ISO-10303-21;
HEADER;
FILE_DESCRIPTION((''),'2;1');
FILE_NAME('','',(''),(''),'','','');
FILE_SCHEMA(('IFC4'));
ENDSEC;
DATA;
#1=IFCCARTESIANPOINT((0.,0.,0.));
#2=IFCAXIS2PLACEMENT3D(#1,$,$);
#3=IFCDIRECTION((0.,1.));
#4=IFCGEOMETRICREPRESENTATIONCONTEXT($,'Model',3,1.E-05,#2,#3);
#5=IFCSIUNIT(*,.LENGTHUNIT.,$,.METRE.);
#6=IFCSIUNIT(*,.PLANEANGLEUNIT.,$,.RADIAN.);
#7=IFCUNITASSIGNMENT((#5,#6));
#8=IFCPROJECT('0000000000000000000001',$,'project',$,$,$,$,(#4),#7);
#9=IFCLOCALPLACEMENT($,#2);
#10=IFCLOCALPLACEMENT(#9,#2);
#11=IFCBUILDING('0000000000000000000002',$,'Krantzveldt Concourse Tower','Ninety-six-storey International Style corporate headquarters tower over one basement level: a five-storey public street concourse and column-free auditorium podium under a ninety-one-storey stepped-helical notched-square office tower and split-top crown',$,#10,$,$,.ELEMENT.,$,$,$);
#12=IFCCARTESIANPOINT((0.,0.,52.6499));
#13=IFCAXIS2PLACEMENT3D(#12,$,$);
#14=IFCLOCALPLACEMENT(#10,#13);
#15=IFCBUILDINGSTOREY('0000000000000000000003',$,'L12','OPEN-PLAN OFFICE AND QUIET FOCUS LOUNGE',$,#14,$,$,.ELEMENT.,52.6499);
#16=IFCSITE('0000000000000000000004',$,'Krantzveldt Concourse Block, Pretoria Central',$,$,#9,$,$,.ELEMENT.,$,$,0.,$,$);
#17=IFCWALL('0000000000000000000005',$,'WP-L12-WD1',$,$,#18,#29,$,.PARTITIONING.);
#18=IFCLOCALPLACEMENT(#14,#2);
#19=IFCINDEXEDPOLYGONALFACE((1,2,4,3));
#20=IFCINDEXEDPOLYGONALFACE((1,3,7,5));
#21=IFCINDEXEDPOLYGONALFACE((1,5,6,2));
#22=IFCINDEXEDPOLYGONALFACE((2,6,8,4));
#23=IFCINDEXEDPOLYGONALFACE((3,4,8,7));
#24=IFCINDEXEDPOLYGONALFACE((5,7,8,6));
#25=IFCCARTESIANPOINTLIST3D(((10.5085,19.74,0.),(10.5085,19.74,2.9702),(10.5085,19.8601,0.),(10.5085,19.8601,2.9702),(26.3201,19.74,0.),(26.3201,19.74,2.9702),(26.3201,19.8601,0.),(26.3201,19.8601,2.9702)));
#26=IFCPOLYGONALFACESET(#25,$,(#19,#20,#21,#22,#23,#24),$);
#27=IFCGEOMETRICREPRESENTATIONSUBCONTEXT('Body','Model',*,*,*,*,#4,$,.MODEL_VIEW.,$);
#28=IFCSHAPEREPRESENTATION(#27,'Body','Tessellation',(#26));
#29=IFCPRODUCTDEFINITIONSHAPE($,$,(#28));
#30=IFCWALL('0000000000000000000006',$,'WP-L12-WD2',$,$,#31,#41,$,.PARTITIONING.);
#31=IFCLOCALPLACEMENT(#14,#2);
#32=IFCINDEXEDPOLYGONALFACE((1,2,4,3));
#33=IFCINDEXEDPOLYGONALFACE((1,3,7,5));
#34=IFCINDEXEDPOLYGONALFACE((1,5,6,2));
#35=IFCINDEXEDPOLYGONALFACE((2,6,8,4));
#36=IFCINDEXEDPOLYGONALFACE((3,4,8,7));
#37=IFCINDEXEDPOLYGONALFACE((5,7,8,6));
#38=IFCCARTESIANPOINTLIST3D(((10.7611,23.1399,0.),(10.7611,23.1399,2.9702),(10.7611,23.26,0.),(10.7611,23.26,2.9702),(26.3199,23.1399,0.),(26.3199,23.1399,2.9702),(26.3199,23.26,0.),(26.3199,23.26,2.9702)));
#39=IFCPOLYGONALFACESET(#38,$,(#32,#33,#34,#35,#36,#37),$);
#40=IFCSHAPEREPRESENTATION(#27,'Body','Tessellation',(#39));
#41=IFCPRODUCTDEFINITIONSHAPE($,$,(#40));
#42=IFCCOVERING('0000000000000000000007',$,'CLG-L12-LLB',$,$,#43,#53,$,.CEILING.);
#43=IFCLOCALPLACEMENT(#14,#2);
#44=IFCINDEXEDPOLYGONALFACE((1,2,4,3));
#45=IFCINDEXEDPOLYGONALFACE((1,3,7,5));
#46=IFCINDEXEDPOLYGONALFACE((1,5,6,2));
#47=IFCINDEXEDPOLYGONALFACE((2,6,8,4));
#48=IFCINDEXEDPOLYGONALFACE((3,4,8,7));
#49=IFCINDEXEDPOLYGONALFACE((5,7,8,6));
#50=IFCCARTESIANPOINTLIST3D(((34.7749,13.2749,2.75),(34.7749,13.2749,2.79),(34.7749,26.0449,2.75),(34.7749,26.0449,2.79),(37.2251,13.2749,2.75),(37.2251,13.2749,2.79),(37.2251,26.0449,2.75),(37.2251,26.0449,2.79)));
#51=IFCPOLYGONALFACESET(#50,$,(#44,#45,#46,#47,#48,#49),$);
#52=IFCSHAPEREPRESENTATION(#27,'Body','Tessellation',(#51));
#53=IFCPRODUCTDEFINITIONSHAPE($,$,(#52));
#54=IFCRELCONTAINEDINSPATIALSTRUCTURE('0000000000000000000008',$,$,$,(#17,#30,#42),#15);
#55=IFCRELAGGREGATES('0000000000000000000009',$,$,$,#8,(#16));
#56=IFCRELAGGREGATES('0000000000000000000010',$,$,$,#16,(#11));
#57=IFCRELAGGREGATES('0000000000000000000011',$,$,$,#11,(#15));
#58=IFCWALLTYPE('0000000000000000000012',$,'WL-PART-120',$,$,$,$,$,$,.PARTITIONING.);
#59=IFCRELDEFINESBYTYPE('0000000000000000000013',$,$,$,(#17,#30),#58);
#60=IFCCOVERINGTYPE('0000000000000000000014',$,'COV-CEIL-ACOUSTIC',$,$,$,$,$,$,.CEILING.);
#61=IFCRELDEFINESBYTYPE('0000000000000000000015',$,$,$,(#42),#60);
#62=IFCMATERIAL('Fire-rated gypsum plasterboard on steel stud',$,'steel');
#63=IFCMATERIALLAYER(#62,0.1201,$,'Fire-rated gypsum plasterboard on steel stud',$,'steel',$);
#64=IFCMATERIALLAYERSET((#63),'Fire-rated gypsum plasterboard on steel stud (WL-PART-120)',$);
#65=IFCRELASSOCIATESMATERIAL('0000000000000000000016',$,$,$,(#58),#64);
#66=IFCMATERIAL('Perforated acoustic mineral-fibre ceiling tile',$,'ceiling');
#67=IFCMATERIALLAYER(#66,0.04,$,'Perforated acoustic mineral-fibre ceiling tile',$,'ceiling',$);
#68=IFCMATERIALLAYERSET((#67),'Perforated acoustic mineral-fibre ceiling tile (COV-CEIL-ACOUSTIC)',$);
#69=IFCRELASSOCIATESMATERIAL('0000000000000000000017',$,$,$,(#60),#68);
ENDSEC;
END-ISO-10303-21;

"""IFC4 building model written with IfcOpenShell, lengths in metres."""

from ifc_helpers import new_model, si_unit, direction, frame, frame_2d, origin, place, context, subcontext, project, spatial, polyline, rectangle, outline, extrude, material, layer, layer_set, type_object, element, save


model = new_model("IFC4")

# Units and contexts
model_context = context("Model", 3, precision=1e-05, world=origin(), true_north=direction((0.0, 1.0)))
body_context = subcontext(model_context, "Body", "Model", "MODEL_VIEW")
ifc_project = project(units=[si_unit("LENGTHUNIT", "METRE"), si_unit("PLANEANGLEUNIT", "RADIAN")], contexts=[model_context])

# Site, building, storey
site_placement = place(None, origin())
site = spatial("IfcSite", under=ifc_project, at=site_placement, Name="Krantzveldt Concourse Block, Pretoria Central", CompositionType="ELEMENT", RefElevation=0.0)
building_placement = place(site_placement, origin())
building = spatial("IfcBuilding", under=site, at=building_placement, Name="Krantzveldt Concourse Tower", Description="Ninety-six-storey International Style corporate headquarters tower over one basement level: a five-storey public street concourse and column-free auditorium podium under a ninety-one-storey stepped-helical notched-square office tower and split-top crown", CompositionType="ELEMENT")
storey_placement = place(building_placement, frame((0.0, 0.0, 52.6499)))
storey = spatial("IfcBuildingStorey", under=building, at=storey_placement, Name="L12", Description="OPEN-PLAN OFFICE AND QUIET FOCUS LOUNGE", CompositionType="ELEMENT", Elevation=52.6499)

# Walls
ifc_material_1 = material(Name="Fire-rated gypsum plasterboard on steel stud", Category="steel")
ifc_layer_1 = layer(ifc_material_1, 0.1201, Name="Fire-rated gypsum plasterboard on steel stud", Category="steel")
ifc_layer_set_1 = layer_set([ifc_layer_1], Name="Fire-rated gypsum plasterboard on steel stud (WL-PART-120)")
wall_type_1 = type_object("IfcWallType", Name="WL-PART-120", PredefinedType="PARTITIONING", material=ifc_layer_set_1)
wall_1_placement = place(storey_placement, frame((10.5085, 19.8, 0.0), z_axis=(0.0, 0.0, 1.0), x_axis=(1.0, 0.0, 0.0)))
element("IfcWall", 1, at=wall_1_placement, inside=storey, type_object=wall_type_1, Name="WP-L12-WD1", PredefinedType="PARTITIONING", context=body_context, shape_type="SweptSolid", body=[
    extrude(rectangle(XDim=15.8115, YDim=0.1201, at=frame_2d((7.9058, 0.0))), origin(), (0.0, 0.0, 1.0), 2.9702),
])
wall_2_placement = place(storey_placement, frame((10.7612, 23.2, 0.0), z_axis=(0.0, 0.0, 1.0), x_axis=(1.0, 0.0, 0.0)))
element("IfcWall", 2, at=wall_2_placement, inside=storey, type_object=wall_type_1, Name="WP-L12-WD2", PredefinedType="PARTITIONING", context=body_context, shape_type="SweptSolid", body=[
    extrude(rectangle(XDim=15.5588, YDim=0.1201, at=frame_2d((7.7793, 0.0))), origin(), (0.0, 0.0, 1.0), 2.9702),
])

# Covering
ifc_material_2 = material(Name="Perforated acoustic mineral-fibre ceiling tile", Category="ceiling")
ifc_layer_2 = layer(ifc_material_2, 0.04, Name="Perforated acoustic mineral-fibre ceiling tile", Category="ceiling")
ifc_layer_set_2 = layer_set([ifc_layer_2], Name="Perforated acoustic mineral-fibre ceiling tile (COV-CEIL-ACOUSTIC)")
covering_type = type_object("IfcCoveringType", Name="COV-CEIL-ACOUSTIC", PredefinedType="CEILING", material=ifc_layer_set_2)
covering_placement = place(storey_placement, frame((0.0, 0.0, 2.75)))
element("IfcCovering", 3, at=covering_placement, inside=storey, type_object=covering_type, Name="CLG-L12-LLB", PredefinedType="CEILING", context=body_context, shape_type="SweptSolid", body=[
    extrude(outline(polyline([(37.2251, 13.2749), (34.7749, 13.2749), (34.7749, 26.0449), (37.2251, 26.0449), (37.2251, 13.2749)])), origin(), (0.0, 0.0, 1.0), 0.04),
])

save(model, "model.ifc")
